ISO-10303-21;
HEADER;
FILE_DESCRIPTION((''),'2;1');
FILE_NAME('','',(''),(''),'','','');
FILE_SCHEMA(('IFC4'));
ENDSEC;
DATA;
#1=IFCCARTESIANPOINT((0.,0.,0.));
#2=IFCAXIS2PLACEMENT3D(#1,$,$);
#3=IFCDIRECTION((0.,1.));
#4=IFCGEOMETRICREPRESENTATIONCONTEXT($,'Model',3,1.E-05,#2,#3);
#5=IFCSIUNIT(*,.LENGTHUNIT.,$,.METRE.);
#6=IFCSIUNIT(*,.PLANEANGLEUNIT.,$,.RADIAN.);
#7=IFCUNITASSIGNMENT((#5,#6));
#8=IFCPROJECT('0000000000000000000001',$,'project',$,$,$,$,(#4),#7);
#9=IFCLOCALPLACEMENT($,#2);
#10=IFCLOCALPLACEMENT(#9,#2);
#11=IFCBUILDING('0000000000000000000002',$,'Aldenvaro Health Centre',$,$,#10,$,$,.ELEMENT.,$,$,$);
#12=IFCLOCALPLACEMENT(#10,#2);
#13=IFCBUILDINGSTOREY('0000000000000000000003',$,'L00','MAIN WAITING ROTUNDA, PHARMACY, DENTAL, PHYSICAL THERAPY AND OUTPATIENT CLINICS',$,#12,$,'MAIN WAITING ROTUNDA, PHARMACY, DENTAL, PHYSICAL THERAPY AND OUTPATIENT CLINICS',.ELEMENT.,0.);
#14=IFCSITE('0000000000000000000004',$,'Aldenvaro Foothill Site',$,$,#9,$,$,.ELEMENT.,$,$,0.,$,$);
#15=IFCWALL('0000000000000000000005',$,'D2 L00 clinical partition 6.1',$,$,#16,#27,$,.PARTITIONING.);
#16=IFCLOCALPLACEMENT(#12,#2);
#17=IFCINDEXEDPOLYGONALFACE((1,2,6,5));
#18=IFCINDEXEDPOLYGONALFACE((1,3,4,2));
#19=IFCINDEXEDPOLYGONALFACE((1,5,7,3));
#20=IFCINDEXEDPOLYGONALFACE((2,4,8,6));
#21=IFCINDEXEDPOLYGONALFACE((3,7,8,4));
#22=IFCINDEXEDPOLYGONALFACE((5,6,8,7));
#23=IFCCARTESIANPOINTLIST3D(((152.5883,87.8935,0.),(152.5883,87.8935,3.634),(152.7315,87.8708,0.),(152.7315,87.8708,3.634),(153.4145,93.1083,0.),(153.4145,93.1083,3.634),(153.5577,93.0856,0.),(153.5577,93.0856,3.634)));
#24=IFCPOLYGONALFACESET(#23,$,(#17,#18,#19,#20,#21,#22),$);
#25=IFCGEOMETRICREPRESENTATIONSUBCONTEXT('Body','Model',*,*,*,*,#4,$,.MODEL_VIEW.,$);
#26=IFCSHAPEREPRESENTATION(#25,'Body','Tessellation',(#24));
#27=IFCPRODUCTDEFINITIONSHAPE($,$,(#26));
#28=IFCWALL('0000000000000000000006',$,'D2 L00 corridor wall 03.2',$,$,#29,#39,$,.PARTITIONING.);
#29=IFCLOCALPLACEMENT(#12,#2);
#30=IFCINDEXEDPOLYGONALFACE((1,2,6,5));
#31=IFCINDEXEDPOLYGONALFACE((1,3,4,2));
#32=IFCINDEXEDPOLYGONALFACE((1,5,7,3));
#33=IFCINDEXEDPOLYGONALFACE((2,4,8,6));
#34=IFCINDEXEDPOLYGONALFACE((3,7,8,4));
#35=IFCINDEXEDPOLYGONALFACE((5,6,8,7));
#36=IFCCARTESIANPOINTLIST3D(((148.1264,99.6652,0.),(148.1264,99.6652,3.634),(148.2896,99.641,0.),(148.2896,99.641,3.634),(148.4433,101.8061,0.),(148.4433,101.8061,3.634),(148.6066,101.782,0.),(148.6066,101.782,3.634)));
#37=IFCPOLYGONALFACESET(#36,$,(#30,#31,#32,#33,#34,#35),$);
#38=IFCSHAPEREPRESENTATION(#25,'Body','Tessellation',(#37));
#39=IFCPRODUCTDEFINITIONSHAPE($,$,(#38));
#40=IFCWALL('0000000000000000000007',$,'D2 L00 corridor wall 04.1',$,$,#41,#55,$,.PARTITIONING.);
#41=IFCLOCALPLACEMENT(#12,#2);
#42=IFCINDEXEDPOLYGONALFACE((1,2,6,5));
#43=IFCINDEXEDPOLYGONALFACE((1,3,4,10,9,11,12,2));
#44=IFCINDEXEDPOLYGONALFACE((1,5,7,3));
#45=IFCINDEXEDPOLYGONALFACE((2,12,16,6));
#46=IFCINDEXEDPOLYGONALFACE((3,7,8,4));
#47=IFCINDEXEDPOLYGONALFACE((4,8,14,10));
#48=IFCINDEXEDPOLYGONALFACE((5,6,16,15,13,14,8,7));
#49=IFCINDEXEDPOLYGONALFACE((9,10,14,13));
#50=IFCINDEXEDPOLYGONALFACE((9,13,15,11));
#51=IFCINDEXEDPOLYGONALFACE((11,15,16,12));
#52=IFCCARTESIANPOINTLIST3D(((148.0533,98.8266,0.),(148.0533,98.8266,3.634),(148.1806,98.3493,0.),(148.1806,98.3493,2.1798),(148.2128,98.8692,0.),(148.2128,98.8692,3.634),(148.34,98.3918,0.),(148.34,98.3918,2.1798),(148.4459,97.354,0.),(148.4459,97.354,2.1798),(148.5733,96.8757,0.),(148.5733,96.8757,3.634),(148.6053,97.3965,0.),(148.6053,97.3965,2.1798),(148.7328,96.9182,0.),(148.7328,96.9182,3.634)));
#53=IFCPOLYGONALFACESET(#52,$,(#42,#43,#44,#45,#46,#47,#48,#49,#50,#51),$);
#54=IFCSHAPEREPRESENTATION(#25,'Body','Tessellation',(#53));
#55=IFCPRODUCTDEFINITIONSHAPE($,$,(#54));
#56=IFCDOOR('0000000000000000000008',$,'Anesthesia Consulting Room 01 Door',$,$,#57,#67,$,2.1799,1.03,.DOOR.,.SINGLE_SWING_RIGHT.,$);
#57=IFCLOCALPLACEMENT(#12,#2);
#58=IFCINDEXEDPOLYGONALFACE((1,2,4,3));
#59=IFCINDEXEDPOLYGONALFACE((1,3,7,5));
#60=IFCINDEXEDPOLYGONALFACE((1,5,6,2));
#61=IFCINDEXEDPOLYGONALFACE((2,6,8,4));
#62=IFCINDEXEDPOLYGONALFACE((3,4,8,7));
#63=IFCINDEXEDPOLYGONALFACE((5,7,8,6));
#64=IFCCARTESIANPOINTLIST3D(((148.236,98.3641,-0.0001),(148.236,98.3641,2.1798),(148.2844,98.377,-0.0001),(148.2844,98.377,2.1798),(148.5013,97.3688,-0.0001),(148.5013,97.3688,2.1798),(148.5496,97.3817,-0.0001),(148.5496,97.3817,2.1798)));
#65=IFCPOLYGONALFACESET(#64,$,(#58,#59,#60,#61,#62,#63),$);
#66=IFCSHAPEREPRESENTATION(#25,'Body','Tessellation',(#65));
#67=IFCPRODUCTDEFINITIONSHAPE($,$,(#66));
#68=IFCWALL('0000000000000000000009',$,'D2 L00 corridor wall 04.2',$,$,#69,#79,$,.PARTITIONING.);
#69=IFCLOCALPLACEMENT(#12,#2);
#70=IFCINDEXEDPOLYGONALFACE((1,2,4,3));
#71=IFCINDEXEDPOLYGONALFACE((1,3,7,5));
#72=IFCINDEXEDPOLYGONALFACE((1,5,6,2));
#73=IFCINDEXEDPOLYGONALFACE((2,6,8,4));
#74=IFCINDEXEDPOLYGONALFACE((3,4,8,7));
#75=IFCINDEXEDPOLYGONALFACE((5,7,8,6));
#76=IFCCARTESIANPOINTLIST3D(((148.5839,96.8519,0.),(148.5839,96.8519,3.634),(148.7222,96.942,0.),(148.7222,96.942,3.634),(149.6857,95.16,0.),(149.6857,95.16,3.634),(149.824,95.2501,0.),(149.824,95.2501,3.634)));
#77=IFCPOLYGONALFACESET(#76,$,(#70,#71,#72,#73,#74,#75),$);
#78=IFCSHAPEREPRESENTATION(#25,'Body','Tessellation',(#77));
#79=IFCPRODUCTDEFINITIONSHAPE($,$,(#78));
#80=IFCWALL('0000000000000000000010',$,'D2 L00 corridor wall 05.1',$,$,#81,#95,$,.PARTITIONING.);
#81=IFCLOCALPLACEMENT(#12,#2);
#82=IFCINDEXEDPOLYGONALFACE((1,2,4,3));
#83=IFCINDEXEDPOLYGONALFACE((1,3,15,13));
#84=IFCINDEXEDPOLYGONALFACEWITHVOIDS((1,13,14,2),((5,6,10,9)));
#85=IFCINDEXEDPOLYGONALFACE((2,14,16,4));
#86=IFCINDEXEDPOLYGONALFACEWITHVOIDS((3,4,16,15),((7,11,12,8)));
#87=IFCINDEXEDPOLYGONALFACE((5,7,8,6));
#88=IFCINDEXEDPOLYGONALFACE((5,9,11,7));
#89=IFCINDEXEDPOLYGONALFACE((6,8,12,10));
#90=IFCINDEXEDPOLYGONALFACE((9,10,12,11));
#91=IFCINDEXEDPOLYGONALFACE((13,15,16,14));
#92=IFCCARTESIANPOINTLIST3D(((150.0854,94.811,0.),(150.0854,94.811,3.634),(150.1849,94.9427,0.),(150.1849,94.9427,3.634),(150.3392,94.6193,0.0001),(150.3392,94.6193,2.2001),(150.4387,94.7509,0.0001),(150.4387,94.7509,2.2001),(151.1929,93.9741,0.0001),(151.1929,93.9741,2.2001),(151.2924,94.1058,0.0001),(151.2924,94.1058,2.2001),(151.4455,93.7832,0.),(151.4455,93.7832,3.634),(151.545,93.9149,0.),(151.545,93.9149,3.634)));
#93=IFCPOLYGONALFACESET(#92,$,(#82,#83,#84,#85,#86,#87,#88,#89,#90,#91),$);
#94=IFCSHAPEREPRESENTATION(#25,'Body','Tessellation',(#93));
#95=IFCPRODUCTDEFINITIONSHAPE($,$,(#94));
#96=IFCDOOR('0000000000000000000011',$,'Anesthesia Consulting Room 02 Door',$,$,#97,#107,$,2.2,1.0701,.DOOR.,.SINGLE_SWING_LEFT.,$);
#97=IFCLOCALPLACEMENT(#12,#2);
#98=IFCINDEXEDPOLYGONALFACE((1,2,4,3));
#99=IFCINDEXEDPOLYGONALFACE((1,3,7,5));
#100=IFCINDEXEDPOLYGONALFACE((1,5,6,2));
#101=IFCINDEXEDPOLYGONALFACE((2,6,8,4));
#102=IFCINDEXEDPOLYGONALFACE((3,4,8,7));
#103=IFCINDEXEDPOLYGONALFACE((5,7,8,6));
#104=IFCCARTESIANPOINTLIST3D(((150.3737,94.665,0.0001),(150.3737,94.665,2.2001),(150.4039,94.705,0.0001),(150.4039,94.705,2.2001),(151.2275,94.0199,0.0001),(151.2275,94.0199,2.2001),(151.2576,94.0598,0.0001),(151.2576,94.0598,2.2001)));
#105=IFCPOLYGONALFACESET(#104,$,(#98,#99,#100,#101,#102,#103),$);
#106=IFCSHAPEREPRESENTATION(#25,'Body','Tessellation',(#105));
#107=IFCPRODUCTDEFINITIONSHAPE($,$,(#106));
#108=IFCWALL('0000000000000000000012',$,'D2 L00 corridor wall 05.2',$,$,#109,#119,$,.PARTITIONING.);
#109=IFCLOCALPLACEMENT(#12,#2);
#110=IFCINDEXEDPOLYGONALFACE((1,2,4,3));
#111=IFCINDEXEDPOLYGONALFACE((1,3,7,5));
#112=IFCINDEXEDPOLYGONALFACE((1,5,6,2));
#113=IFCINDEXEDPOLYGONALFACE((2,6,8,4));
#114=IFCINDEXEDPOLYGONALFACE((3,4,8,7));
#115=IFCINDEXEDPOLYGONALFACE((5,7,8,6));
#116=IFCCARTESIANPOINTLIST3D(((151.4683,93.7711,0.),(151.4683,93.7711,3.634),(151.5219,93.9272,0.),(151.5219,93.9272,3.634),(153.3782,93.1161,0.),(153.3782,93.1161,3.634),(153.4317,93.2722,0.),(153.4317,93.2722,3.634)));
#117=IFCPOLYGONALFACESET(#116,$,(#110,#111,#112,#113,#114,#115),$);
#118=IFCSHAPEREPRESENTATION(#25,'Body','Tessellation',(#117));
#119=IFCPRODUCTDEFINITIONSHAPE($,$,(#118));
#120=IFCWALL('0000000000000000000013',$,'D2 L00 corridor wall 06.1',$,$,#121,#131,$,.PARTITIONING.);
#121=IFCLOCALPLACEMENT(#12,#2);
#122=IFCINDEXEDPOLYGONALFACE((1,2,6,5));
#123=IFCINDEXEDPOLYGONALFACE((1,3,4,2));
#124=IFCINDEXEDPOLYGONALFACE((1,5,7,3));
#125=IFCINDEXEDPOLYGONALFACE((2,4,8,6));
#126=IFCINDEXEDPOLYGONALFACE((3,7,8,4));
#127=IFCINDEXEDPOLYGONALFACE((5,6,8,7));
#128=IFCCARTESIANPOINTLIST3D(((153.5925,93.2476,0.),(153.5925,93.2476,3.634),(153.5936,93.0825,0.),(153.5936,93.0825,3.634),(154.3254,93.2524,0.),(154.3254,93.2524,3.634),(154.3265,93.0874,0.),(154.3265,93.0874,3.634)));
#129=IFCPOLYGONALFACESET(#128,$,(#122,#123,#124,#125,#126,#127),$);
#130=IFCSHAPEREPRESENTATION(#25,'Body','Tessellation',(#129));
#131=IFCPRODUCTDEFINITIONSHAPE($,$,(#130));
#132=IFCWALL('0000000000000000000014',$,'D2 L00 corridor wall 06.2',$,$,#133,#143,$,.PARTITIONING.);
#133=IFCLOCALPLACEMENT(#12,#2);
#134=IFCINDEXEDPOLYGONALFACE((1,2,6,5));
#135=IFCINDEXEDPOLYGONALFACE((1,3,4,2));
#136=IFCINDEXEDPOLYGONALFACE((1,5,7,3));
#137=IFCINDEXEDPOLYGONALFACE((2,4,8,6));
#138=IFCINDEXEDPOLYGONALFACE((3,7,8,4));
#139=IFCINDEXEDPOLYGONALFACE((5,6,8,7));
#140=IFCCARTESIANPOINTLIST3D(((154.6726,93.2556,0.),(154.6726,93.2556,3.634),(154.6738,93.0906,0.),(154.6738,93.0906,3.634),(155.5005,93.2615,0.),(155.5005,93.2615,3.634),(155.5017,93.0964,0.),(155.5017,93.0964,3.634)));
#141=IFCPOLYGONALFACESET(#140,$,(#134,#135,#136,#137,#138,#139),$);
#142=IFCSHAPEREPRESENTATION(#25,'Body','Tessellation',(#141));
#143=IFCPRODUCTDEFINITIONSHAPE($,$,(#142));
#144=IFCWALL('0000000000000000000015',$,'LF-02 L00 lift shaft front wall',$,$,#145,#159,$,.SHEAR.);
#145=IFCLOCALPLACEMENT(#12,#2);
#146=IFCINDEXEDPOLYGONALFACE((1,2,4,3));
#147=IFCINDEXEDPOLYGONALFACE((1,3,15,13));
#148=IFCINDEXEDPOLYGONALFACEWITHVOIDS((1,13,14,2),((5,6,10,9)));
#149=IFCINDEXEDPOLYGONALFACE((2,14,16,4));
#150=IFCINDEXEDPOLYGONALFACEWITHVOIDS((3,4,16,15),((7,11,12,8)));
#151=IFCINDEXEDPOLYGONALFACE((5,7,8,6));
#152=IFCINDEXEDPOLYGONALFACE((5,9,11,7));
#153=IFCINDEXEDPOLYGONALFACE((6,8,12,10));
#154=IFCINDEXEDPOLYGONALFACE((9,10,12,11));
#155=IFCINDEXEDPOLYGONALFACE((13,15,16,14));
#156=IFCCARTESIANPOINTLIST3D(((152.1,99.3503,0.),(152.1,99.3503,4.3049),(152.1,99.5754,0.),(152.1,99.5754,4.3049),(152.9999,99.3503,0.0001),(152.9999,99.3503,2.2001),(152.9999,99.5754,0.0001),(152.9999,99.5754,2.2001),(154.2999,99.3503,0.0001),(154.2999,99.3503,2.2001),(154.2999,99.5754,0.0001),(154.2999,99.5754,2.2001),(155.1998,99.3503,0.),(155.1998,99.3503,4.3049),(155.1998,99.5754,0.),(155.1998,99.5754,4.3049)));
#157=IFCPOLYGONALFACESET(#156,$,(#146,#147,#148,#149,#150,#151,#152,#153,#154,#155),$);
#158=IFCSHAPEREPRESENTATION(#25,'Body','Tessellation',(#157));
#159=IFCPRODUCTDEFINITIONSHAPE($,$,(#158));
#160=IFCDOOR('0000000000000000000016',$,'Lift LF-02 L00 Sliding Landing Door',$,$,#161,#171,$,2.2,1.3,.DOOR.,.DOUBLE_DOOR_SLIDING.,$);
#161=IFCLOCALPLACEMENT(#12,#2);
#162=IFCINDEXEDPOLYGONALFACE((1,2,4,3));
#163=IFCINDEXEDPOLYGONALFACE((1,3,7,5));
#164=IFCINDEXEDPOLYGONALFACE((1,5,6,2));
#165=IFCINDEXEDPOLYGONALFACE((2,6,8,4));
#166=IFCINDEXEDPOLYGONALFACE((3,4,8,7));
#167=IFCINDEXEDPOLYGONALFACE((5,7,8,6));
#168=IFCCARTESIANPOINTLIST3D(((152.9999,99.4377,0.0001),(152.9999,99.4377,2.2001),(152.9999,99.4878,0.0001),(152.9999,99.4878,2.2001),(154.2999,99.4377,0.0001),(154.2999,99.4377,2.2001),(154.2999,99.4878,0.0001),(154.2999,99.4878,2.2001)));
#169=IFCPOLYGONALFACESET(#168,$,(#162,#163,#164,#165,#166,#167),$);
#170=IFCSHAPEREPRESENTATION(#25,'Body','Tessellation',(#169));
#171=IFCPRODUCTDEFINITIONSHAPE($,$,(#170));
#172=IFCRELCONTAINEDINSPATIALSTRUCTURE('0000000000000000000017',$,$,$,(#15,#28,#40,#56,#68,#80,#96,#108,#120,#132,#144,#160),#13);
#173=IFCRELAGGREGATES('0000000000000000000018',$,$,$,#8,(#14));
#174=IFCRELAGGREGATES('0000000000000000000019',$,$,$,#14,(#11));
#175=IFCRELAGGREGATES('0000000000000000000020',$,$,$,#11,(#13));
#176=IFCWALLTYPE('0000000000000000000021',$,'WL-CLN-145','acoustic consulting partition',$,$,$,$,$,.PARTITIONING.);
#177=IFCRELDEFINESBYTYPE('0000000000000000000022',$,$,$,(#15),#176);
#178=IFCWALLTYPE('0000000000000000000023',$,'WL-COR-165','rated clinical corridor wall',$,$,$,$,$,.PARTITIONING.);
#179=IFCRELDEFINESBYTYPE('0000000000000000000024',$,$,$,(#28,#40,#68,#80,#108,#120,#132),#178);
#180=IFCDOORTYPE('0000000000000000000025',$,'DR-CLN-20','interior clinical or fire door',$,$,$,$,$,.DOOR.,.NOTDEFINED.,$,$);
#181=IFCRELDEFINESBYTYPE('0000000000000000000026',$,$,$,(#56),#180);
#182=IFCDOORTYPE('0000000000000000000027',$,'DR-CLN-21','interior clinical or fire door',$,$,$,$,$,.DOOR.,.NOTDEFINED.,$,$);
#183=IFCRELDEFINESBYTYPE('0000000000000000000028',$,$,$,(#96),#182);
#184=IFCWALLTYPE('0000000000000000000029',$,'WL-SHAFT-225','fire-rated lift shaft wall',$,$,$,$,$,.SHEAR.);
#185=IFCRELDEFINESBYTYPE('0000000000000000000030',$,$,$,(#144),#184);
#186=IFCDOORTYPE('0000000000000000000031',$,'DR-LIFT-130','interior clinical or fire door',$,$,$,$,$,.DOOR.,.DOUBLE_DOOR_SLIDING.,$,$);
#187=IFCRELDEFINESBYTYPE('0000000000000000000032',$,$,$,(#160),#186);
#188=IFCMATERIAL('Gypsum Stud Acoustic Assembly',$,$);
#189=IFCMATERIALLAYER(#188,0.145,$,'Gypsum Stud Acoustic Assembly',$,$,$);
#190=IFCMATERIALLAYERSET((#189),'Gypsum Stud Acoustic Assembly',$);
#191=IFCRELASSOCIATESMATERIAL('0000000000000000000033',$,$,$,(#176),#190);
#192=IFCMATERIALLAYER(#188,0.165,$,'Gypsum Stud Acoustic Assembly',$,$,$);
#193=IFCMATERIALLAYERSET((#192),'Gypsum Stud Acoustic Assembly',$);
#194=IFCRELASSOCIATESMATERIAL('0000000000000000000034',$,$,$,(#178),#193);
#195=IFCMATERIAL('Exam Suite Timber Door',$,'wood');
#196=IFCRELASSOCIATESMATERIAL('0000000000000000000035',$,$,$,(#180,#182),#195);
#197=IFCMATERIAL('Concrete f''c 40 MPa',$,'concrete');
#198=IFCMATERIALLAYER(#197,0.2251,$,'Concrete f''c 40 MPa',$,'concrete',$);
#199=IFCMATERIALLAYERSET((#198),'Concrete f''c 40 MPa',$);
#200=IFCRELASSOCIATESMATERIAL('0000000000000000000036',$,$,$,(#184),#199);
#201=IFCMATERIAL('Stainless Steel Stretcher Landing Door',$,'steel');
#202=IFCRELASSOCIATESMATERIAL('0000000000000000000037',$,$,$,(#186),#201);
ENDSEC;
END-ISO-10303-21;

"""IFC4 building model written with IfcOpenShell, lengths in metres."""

from ifc_helpers import new_model, si_unit, direction, frame, frame_2d, origin, place, context, subcontext, project, spatial, rectangle, extrude, material, layer, layer_set, type_object, element, fill, save


model = new_model("IFC4")

# Units and contexts
model_context = context("Model", 3, precision=1e-05, world=origin(), true_north=direction((0.0, 1.0)))
body_context = subcontext(model_context, "Body", "Model", "MODEL_VIEW")
ifc_project = project(units=[si_unit("LENGTHUNIT", "METRE"), si_unit("PLANEANGLEUNIT", "RADIAN")], contexts=[model_context])

# Site, building, storey
site_placement = place(None, origin())
site = spatial("IfcSite", under=ifc_project, at=site_placement, Name="Aldenvaro Foothill Site", CompositionType="ELEMENT", RefElevation=0.0)
building_placement = place(site_placement, origin())
building = spatial("IfcBuilding", under=site, at=building_placement, Name="Aldenvaro Health Centre", CompositionType="ELEMENT")
storey_placement = place(building_placement, origin())
storey = spatial("IfcBuildingStorey", under=building, at=storey_placement, Name="L00", Description="MAIN WAITING ROTUNDA, PHARMACY, DENTAL, PHYSICAL THERAPY AND OUTPATIENT CLINICS", LongName="MAIN WAITING ROTUNDA, PHARMACY, DENTAL, PHYSICAL THERAPY AND OUTPATIENT CLINICS", CompositionType="ELEMENT", Elevation=0.0)

# Walls
ifc_material_1 = material(Name="Gypsum Stud Acoustic Assembly")
ifc_layer_1 = layer(ifc_material_1, 0.145, Name="Gypsum Stud Acoustic Assembly")
ifc_layer_set_1 = layer_set([ifc_layer_1], Name="Gypsum Stud Acoustic Assembly")
wall_type_1 = type_object("IfcWallType", Name="WL-CLN-145", Description="acoustic consulting partition", PredefinedType="PARTITIONING", material=ifc_layer_set_1)
wall_1_placement = place(storey_placement, frame((153.4861, 93.0969, 0.0), z_axis=(0.0, 0.0, 1.0), x_axis=(-0.156475, -0.987682, 0.0)))
element("IfcWall", 1, at=wall_1_placement, inside=storey, type_object=wall_type_1, Name="D2 L00 clinical partition 6.1", PredefinedType="PARTITIONING", context=body_context, shape_type="SweptSolid", body=[
    extrude(rectangle(XDim=5.2798, YDim=0.145, at=frame_2d((2.6399, 0.0))), origin(), (0.0, 0.0, 1.0), 3.634),
])
ifc_layer_2 = layer(ifc_material_1, 0.165, Name="Gypsum Stud Acoustic Assembly")
ifc_layer_set_2 = layer_set([ifc_layer_2], Name="Gypsum Stud Acoustic Assembly")
wall_type_2 = type_object("IfcWallType", Name="WL-COR-165", Description="rated clinical corridor wall", PredefinedType="PARTITIONING", material=ifc_layer_set_2)
wall_2_placement = place(storey_placement, frame((148.5249, 101.7939, 0.0), z_axis=(0.0, 0.0, 1.0), x_axis=(-0.146426, -0.989222, 0.0)))
element("IfcWall", 2, at=wall_2_placement, inside=storey, type_object=wall_type_2, Name="D2 L00 corridor wall 03.2", PredefinedType="PARTITIONING", context=body_context, shape_type="SweptSolid", body=[
    extrude(rectangle(XDim=2.1643, YDim=0.165, at=frame_2d((1.082, 0.0))), origin(), (0.0, 0.0, 1.0), 3.634),
])

# Wall, opening, door
wall_3_placement = place(storey_placement, frame((148.1331, 98.8479, 0.0), z_axis=(0.0, 0.0, 1.0), x_axis=(0.257557, -0.966263, 0.0)))
wall_3 = element("IfcWall", 3, at=wall_3_placement, inside=storey, type_object=wall_type_2, Name="D2 L00 corridor wall 04.1", PredefinedType="PARTITIONING", context=body_context, shape_type="SweptSolid", body=[
    extrude(rectangle(XDim=2.019, YDim=0.165, at=frame_2d((1.0095, 0.0))), origin(), (0.0, 0.0, 1.0), 3.634),
])
opening_1_placement = place(wall_3_placement, frame((0.4939, 0.0, 0.0)))
opening_1 = element("IfcOpeningElement", 4, at=opening_1_placement, cuts=wall_3, PredefinedType="OPENING", context=body_context, shape_type="SweptSolid", body=[
    extrude(rectangle(XDim=1.03, YDim=2.1799, at=frame_2d((0.5151, 1.0898))), frame((0.0, 0.0925, 0.0), z_axis=(0.0, -1.0, 0.0), x_axis=(1.0, 0.0, 0.0)), (0.0, 0.0, 1.0), 0.1851),
])
ifc_material_2 = material(Name="Exam Suite Timber Door", Category="wood")
door_type_1 = type_object("IfcDoorType", Name="DR-CLN-20", Description="interior clinical or fire door", OperationType="NOTDEFINED", PredefinedType="DOOR", material=ifc_material_2)
door_1_placement = place(opening_1_placement, origin())
door_1 = element("IfcDoor", 5, at=door_1_placement, inside=storey, type_object=door_type_1, Name="Anesthesia Consulting Room 01 Door", OperationType="SINGLE_SWING_RIGHT", OverallHeight=2.1799, OverallWidth=1.03, PredefinedType="DOOR", context=body_context, shape_type="SweptSolid", body=[
    extrude(rectangle(XDim=1.03, YDim=2.1799, at=frame_2d((0.5151, 1.0898))), frame((0.0, 0.0249, 0.0), z_axis=(0.0, -1.0, 0.0), x_axis=(1.0, 0.0, 0.0)), (0.0, 0.0, 1.0), 0.05),
])
fill(opening_1, door_1)

# Wall
wall_4_placement = place(storey_placement, frame((148.6531, 96.897, 0.0), z_axis=(0.0, 0.0, 1.0), x_axis=(0.545711, -0.837974, 0.0)))
element("IfcWall", 6, at=wall_4_placement, inside=storey, type_object=wall_type_2, Name="D2 L00 corridor wall 04.2", PredefinedType="PARTITIONING", context=body_context, shape_type="SweptSolid", body=[
    extrude(rectangle(XDim=2.019, YDim=0.165, at=frame_2d((1.0095, 0.0))), origin(), (0.0, 0.0, 1.0), 3.634),
])

# Wall, opening, door
wall_5_placement = place(storey_placement, frame((150.135, 94.877, 0.0), z_axis=(0.0, 0.0, 1.0), x_axis=(0.797812, -0.602906, 0.0)))
wall_5 = element("IfcWall", 7, at=wall_5_placement, inside=storey, type_object=wall_type_2, Name="D2 L00 corridor wall 05.1", PredefinedType="PARTITIONING", context=body_context, shape_type="SweptSolid", body=[
    extrude(rectangle(XDim=1.7048, YDim=0.165, at=frame_2d((0.8525, 0.0))), origin(), (0.0, 0.0, 1.0), 3.634),
])
opening_2_placement = place(wall_5_placement, frame((0.3181, 0.0, 0.0)))
opening_2 = element("IfcOpeningElement", 8, at=opening_2_placement, cuts=wall_5, PredefinedType="OPENING", context=body_context, shape_type="SweptSolid", body=[
    extrude(rectangle(XDim=1.0701, YDim=2.2, at=frame_2d((0.5352, 1.1001))), frame((0.0, 0.0925, 0.0), z_axis=(0.0, -1.0, 0.0), x_axis=(1.0, 0.0, 0.0)), (0.0, 0.0, 1.0), 0.1851),
])
door_type_2 = type_object("IfcDoorType", Name="DR-CLN-21", Description="interior clinical or fire door", OperationType="NOTDEFINED", PredefinedType="DOOR", material=ifc_material_2)
door_2_placement = place(opening_2_placement, origin())
door_2 = element("IfcDoor", 9, at=door_2_placement, inside=storey, type_object=door_type_2, Name="Anesthesia Consulting Room 02 Door", OperationType="SINGLE_SWING_LEFT", OverallHeight=2.2, OverallWidth=1.0701, PredefinedType="DOOR", context=body_context, shape_type="SweptSolid", body=[
    extrude(rectangle(XDim=1.0701, YDim=2.2, at=frame_2d((0.5352, 1.1001))), frame((0.0, 0.0249, 0.0), z_axis=(0.0, -1.0, 0.0), x_axis=(1.0, 0.0, 0.0)), (0.0, 0.0, 1.0), 0.05),
])
fill(opening_2, door_2)

# Walls
wall_6_placement = place(storey_placement, frame((151.4951, 93.8491, 0.0), z_axis=(0.0, 0.0, 1.0), x_axis=(0.945915, -0.324414, 0.0)))
element("IfcWall", 10, at=wall_6_placement, inside=storey, type_object=wall_type_2, Name="D2 L00 corridor wall 05.2", PredefinedType="PARTITIONING", context=body_context, shape_type="SweptSolid", body=[
    extrude(rectangle(XDim=2.019, YDim=0.165, at=frame_2d((1.0095, 0.0))), origin(), (0.0, 0.0, 1.0), 3.634),
])
wall_7_placement = place(storey_placement, frame((153.593, 93.165, 0.0), z_axis=(0.0, 0.0, 1.0), x_axis=(0.999978, 0.006662, 0.0)))
element("IfcWall", 11, at=wall_7_placement, inside=storey, type_object=wall_type_2, Name="D2 L00 corridor wall 06.1", PredefinedType="PARTITIONING", context=body_context, shape_type="SweptSolid", body=[
    extrude(rectangle(XDim=0.7329, YDim=0.165, at=frame_2d((0.3665, 0.0))), origin(), (0.0, 0.0, 1.0), 3.634),
])
wall_8_placement = place(storey_placement, frame((154.6731, 93.1731, 0.0), z_axis=(0.0, 0.0, 1.0), x_axis=(0.999975, 0.007077, 0.0)))
element("IfcWall", 12, at=wall_8_placement, inside=storey, type_object=wall_type_2, Name="D2 L00 corridor wall 06.2", PredefinedType="PARTITIONING", context=body_context, shape_type="SweptSolid", body=[
    extrude(rectangle(XDim=0.8279, YDim=0.165, at=frame_2d((0.4141, 0.0))), origin(), (0.0, 0.0, 1.0), 3.634),
])

# Wall, opening, door
ifc_material_3 = material(Name="Concrete f'c 40 MPa", Category="concrete")
ifc_layer_3 = layer(ifc_material_3, 0.2251, Name="Concrete f'c 40 MPa", Category="concrete")
ifc_layer_set_3 = layer_set([ifc_layer_3], Name="Concrete f'c 40 MPa")
wall_type_3 = type_object("IfcWallType", Name="WL-SHAFT-225", Description="fire-rated lift shaft wall", PredefinedType="SHEAR", material=ifc_layer_set_3)
wall_9_placement = place(storey_placement, frame((152.1001, 99.4629, 0.0), z_axis=(0.0, 0.0, 1.0), x_axis=(1.0, 0.0, 0.0)))
wall_9 = element("IfcWall", 13, at=wall_9_placement, inside=storey, type_object=wall_type_3, Name="LF-02 L00 lift shaft front wall", PredefinedType="SHEAR", context=body_context, shape_type="SweptSolid", body=[
    extrude(rectangle(XDim=3.0999, YDim=0.2251, at=frame_2d((1.5498, 0.0))), origin(), (0.0, 0.0, 1.0), 4.3049),
])
opening_3_placement = place(wall_9_placement, frame((0.8999, 0.0, 0.0)))
opening_3 = element("IfcOpeningElement", 14, at=opening_3_placement, cuts=wall_9, PredefinedType="OPENING", context=body_context, shape_type="SweptSolid", body=[
    extrude(rectangle(XDim=1.3, YDim=2.2, at=frame_2d((0.6499, 1.1001))), frame((0.0, 0.1226, 0.0), z_axis=(0.0, -1.0, 0.0), x_axis=(1.0, 0.0, 0.0)), (0.0, 0.0, 1.0), 0.2451),
])
ifc_material_4 = material(Name="Stainless Steel Stretcher Landing Door", Category="steel")
door_type_3 = type_object("IfcDoorType", Name="DR-LIFT-130", Description="interior clinical or fire door", OperationType="DOUBLE_DOOR_SLIDING", PredefinedType="DOOR", material=ifc_material_4)
door_3_placement = place(opening_3_placement, origin())
door_3 = element("IfcDoor", 15, at=door_3_placement, inside=storey, type_object=door_type_3, Name="Lift LF-02 L00 Sliding Landing Door", OperationType="DOUBLE_DOOR_SLIDING", OverallHeight=2.2, OverallWidth=1.3, PredefinedType="DOOR", context=body_context, shape_type="SweptSolid", body=[
    extrude(rectangle(XDim=1.3, YDim=2.2, at=frame_2d((0.6499, 1.1001))), frame((0.0, 0.0249, 0.0), z_axis=(0.0, -1.0, 0.0), x_axis=(1.0, 0.0, 0.0)), (0.0, 0.0, 1.0), 0.05),
])
fill(opening_3, door_3)

save(model, "model.ifc")
